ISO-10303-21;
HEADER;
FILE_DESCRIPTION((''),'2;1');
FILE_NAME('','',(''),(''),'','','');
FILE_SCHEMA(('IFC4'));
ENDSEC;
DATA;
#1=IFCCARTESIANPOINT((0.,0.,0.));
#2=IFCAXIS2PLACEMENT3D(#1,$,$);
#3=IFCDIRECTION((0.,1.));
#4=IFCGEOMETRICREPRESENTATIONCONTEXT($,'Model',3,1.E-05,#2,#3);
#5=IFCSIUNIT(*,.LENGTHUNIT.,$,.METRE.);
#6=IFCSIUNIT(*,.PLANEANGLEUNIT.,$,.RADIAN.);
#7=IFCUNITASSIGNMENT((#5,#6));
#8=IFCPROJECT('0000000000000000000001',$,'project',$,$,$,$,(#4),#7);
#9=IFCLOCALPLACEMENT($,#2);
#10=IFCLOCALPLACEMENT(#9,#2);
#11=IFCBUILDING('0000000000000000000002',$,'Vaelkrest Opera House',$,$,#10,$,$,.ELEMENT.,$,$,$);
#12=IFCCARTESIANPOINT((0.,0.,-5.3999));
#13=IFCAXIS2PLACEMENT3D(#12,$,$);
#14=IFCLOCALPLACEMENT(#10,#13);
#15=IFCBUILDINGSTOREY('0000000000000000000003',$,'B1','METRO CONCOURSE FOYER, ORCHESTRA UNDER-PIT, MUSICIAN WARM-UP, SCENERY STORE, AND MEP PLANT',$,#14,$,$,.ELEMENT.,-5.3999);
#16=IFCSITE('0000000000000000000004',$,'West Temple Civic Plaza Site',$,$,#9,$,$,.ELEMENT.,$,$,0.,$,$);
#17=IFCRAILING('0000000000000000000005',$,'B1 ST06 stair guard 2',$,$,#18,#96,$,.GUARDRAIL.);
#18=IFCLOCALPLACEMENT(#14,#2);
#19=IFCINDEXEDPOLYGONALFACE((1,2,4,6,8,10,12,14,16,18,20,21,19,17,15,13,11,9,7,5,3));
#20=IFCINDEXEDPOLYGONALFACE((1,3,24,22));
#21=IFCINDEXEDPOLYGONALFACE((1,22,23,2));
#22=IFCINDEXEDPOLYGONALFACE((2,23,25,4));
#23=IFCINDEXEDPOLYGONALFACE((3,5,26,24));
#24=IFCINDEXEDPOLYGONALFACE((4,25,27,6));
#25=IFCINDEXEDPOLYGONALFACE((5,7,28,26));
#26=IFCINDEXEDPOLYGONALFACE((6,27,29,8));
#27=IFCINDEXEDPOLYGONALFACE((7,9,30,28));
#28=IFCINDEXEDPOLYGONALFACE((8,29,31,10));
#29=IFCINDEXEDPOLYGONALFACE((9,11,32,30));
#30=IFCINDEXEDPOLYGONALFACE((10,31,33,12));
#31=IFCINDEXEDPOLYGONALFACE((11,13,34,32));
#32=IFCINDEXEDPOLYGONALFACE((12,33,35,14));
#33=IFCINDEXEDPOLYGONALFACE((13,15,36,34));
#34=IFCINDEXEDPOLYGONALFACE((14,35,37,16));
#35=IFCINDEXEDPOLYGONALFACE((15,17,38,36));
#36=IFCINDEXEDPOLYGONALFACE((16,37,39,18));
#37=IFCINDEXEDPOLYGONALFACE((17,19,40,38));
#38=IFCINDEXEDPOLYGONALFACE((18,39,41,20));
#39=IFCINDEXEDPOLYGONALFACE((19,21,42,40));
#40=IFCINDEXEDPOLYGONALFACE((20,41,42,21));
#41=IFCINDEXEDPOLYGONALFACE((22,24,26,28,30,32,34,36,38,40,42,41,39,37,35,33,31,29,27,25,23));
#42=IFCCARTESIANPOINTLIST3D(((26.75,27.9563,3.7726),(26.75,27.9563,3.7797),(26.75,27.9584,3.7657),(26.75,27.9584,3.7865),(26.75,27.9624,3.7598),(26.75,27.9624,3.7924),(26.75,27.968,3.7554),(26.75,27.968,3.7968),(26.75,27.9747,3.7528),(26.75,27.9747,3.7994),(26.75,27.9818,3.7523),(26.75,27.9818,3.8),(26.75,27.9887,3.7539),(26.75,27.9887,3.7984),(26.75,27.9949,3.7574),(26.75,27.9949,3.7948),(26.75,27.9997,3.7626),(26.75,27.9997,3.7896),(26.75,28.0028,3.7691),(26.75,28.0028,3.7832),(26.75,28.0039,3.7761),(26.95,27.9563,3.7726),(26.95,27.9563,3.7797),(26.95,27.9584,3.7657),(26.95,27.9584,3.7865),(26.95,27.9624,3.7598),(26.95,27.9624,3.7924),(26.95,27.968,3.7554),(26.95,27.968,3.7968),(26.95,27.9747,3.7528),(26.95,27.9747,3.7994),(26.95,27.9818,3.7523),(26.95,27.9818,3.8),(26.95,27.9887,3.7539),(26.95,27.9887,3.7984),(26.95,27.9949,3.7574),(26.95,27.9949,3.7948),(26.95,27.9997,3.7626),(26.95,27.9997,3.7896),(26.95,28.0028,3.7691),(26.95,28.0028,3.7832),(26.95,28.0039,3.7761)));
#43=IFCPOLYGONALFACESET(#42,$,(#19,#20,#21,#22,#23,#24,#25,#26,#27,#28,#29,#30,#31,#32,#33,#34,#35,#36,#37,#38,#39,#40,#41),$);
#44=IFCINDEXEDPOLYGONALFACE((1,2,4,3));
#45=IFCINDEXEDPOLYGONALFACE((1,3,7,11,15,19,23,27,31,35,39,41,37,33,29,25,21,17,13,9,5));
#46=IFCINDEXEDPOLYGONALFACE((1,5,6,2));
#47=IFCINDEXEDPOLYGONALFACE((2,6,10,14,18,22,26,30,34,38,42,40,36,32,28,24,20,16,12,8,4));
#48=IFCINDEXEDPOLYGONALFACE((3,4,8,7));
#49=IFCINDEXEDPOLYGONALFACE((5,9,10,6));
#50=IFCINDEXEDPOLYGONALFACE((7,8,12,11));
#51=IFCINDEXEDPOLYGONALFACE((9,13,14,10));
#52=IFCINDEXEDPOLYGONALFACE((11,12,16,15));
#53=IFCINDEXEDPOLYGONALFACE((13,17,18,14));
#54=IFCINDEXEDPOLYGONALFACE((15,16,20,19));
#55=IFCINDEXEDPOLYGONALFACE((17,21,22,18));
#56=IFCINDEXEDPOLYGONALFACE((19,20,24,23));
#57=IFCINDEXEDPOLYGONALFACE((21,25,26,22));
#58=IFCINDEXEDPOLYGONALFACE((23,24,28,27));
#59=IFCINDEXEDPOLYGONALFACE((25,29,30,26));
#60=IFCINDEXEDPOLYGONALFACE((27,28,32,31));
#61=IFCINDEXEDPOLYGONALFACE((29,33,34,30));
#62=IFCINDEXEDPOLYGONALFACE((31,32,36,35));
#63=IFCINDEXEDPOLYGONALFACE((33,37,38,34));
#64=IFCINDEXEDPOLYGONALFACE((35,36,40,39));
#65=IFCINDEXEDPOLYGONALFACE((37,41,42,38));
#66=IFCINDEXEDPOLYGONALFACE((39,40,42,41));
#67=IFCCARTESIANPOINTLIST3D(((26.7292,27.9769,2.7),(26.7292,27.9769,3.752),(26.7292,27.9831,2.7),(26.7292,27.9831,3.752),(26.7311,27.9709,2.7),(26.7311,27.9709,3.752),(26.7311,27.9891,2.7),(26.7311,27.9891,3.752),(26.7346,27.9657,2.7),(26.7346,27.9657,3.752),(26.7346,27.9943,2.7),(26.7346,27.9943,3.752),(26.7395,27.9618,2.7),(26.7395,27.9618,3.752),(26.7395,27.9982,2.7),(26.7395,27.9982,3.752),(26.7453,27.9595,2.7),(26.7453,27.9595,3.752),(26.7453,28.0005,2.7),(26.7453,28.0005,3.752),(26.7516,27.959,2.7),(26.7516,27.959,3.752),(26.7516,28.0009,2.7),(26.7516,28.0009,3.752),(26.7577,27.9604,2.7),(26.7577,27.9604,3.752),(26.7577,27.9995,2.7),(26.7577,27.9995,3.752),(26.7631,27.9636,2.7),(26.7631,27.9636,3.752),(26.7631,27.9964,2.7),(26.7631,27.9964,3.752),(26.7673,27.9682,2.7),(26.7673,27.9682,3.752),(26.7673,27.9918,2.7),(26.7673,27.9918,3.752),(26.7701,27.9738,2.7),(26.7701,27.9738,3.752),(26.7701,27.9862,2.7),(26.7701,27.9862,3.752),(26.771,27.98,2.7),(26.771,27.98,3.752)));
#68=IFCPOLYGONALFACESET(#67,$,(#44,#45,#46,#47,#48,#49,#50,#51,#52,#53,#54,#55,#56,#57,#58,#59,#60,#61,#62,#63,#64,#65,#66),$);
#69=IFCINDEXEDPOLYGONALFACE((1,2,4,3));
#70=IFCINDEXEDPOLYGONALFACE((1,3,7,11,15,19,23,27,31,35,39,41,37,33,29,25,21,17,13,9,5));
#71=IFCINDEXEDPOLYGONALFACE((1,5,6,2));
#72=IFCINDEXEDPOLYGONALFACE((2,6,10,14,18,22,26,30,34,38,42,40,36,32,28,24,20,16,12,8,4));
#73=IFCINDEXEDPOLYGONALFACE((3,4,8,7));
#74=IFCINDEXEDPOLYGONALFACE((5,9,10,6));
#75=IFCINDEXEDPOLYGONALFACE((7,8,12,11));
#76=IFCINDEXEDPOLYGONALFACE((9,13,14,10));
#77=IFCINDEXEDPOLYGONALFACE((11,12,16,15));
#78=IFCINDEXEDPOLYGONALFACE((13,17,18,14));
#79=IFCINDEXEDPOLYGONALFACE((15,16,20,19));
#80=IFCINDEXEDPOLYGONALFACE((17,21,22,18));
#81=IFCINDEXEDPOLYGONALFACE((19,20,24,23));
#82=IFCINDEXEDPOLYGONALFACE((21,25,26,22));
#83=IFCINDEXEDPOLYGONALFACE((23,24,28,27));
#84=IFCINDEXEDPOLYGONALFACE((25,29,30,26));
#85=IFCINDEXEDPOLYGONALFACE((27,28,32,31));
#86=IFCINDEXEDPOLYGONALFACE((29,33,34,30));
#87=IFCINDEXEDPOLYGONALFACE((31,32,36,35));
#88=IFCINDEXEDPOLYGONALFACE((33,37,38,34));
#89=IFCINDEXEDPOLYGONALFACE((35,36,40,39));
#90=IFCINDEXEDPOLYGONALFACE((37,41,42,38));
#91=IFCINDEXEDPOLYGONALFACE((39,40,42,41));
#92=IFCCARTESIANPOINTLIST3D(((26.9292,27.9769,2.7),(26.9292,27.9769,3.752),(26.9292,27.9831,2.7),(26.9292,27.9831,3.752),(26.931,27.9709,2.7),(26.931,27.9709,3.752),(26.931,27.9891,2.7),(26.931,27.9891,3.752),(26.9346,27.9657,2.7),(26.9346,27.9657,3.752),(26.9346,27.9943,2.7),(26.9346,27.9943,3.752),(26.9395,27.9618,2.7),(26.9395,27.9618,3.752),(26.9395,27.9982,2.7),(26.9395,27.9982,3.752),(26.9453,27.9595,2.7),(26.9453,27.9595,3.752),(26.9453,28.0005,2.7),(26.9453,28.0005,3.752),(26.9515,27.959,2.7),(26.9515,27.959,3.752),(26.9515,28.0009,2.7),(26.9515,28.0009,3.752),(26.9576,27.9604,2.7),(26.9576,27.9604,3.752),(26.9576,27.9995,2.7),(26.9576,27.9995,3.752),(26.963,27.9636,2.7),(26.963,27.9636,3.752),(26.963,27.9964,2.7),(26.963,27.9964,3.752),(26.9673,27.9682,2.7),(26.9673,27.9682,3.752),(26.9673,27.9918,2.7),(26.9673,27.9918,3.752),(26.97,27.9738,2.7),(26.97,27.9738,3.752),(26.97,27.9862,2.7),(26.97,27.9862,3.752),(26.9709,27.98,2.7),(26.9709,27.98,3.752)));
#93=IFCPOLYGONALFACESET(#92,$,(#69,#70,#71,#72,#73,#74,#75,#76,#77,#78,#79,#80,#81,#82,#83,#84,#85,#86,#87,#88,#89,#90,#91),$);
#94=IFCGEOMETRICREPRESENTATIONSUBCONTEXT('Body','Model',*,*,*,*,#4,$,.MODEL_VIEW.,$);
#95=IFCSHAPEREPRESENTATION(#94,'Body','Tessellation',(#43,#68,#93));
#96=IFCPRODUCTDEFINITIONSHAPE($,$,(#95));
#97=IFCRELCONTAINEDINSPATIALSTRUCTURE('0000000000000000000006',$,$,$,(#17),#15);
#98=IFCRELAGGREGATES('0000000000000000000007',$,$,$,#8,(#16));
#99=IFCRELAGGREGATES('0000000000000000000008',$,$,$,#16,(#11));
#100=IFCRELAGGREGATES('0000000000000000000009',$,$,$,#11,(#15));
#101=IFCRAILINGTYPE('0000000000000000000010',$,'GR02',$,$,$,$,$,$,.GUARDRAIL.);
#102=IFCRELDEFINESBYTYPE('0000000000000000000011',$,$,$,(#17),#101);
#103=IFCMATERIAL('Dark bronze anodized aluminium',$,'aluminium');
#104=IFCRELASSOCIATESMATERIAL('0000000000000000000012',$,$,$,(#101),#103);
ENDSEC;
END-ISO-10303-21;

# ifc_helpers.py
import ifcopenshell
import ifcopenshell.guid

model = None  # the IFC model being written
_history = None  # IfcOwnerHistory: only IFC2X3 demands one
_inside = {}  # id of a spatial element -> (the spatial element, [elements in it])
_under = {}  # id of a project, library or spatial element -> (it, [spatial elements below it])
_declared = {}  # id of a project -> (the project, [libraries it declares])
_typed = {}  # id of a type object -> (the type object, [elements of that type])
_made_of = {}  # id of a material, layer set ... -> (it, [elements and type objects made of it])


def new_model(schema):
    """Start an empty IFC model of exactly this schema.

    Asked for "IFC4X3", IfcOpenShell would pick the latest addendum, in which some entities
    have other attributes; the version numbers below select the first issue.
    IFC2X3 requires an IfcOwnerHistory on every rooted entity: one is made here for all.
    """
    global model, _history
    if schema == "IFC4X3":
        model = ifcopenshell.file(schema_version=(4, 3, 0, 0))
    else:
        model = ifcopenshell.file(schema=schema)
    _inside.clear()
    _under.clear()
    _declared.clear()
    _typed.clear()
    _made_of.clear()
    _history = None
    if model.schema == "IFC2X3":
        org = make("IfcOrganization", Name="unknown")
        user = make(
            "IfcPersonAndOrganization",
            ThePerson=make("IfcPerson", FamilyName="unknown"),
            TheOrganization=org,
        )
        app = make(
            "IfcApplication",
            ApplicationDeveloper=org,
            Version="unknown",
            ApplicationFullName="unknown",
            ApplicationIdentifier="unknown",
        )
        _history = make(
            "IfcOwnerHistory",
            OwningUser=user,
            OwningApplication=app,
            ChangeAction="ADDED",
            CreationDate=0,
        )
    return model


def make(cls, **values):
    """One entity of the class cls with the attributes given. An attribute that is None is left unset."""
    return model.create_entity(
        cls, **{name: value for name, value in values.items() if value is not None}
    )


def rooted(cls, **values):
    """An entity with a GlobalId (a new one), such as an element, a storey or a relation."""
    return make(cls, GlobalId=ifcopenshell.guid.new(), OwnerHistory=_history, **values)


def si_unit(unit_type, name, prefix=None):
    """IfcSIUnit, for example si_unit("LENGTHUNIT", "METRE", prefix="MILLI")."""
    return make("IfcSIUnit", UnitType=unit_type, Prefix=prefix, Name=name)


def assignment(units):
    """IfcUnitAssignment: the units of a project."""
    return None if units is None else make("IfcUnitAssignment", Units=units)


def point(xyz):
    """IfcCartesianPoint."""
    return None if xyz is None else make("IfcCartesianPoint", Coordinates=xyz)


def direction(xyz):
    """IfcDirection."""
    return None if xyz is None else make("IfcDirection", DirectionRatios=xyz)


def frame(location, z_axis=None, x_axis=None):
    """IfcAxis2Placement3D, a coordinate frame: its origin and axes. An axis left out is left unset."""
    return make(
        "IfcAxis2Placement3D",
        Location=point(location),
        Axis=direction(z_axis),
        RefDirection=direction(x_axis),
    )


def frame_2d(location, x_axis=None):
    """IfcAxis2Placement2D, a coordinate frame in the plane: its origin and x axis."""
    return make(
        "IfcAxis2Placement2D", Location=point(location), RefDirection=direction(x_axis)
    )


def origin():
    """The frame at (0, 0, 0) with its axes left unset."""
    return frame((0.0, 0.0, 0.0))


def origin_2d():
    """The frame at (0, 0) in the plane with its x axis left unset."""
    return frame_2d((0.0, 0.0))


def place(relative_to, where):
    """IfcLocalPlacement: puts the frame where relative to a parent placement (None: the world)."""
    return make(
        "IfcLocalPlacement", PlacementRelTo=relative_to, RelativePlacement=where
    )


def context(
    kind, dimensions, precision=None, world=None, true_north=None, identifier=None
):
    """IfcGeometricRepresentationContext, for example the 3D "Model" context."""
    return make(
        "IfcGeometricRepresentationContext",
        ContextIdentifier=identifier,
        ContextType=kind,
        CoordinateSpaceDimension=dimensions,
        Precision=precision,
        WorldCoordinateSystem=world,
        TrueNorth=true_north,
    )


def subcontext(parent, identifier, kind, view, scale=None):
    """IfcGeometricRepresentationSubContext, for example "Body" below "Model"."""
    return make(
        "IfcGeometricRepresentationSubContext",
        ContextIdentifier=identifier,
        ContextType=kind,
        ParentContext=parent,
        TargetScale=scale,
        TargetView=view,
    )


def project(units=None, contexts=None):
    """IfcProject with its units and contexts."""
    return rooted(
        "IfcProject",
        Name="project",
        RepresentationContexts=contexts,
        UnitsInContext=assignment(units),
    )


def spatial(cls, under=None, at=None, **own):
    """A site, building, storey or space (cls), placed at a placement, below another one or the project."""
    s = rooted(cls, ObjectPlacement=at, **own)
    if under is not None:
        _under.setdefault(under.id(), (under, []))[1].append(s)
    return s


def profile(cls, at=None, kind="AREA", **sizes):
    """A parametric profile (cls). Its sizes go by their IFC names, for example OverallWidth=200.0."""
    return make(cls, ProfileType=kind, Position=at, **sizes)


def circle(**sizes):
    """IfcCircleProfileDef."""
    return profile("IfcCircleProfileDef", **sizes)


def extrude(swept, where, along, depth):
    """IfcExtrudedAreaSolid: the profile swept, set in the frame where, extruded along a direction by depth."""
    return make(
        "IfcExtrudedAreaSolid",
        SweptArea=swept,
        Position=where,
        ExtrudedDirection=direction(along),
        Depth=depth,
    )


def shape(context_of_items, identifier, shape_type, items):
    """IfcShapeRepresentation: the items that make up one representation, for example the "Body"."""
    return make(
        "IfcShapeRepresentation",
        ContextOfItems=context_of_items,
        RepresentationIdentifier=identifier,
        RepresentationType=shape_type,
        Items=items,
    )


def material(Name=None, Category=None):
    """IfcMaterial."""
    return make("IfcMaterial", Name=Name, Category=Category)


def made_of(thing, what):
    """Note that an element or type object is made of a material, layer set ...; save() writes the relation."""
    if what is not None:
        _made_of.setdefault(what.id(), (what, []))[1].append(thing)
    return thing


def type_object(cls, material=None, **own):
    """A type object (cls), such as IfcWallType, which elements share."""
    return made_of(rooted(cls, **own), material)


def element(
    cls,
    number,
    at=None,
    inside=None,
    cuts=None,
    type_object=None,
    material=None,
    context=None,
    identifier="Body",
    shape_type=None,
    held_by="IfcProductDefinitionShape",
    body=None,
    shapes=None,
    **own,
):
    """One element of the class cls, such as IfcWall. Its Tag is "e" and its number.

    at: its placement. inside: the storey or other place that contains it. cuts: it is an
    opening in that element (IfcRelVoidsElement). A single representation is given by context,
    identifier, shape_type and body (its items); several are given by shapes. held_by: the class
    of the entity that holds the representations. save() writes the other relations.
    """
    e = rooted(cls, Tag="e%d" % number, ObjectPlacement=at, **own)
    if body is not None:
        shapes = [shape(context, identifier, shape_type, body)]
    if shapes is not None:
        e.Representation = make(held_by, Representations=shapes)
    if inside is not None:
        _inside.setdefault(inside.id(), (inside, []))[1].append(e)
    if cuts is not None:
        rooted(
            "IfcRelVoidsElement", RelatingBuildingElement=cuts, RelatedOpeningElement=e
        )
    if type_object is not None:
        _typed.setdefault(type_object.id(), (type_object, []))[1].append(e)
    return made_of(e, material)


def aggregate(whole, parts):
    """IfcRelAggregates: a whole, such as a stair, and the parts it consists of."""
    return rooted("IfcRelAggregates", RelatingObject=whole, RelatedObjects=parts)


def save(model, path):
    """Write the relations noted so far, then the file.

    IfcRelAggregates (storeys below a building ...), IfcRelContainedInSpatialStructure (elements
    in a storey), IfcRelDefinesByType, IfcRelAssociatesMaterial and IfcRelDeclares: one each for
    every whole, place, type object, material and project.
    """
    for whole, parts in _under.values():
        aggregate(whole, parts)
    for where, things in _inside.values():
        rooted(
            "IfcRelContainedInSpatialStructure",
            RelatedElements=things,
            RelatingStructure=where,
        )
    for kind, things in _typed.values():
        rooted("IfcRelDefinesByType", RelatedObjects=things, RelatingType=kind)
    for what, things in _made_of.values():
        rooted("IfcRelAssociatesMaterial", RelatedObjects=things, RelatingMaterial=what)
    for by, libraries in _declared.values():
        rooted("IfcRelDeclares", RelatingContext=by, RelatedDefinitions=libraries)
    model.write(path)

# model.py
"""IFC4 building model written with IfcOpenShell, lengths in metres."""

from ifc_helpers import new_model, si_unit, direction, frame, origin, origin_2d, place, context, subcontext, project, spatial, circle, extrude, material, type_object, element, save


model = new_model("IFC4")

# Units and contexts
model_context = context("Model", 3, precision=1e-05, world=origin(), true_north=direction((0.0, 1.0)))
body_context = subcontext(model_context, "Body", "Model", "MODEL_VIEW")
ifc_project = project(units=[si_unit("LENGTHUNIT", "METRE"), si_unit("PLANEANGLEUNIT", "RADIAN")], contexts=[model_context])

# Site, building, storey
site_placement = place(None, origin())
site = spatial("IfcSite", under=ifc_project, at=site_placement, Name="West Temple Civic Plaza Site", CompositionType="ELEMENT", RefElevation=0.0)
building_placement = place(site_placement, origin())
building = spatial("IfcBuilding", under=site, at=building_placement, Name="Vaelkrest Opera House", CompositionType="ELEMENT")
storey_placement = place(building_placement, frame((0.0, 0.0, -5.3999)))
storey = spatial("IfcBuildingStorey", under=building, at=storey_placement, Name="B1", Description="METRO CONCOURSE FOYER, ORCHESTRA UNDER-PIT, MUSICIAN WARM-UP, SCENERY STORE, AND MEP PLANT", CompositionType="ELEMENT", Elevation=-5.3999)

# Railing
ifc_material_1 = material(Name="Dark bronze anodized aluminium", Category="aluminium")
railing_type_1 = type_object("IfcRailingType", Name="GR02", PredefinedType="GUARDRAIL", material=ifc_material_1)
railing_1_placement = place(storey_placement, frame((26.75, 27.98, 2.7)))
element("IfcRailing", 1, at=railing_1_placement, inside=storey, type_object=railing_type_1, Name="B1 ST06 stair guard 2", PredefinedType="GUARDRAIL", context=body_context, shape_type="SweptSolid", body=[
    extrude(circle(Radius=0.0239, at=origin_2d()), frame((0.0, 0.0, 1.0762), z_axis=(1.0, 0.0, 0.0), x_axis=(0.0, 1.0, 0.0)), (0.0, 0.0, 1.0), 0.2),
    extrude(circle(Radius=0.021, at=origin_2d()), origin(), (0.0, 0.0, 1.0), 1.052),
    extrude(circle(Radius=0.021, at=origin_2d()), frame((0.2, 0.0, 0.0)), (0.0, 0.0, 1.0), 1.052),
])

save(model, "model.ifc")
